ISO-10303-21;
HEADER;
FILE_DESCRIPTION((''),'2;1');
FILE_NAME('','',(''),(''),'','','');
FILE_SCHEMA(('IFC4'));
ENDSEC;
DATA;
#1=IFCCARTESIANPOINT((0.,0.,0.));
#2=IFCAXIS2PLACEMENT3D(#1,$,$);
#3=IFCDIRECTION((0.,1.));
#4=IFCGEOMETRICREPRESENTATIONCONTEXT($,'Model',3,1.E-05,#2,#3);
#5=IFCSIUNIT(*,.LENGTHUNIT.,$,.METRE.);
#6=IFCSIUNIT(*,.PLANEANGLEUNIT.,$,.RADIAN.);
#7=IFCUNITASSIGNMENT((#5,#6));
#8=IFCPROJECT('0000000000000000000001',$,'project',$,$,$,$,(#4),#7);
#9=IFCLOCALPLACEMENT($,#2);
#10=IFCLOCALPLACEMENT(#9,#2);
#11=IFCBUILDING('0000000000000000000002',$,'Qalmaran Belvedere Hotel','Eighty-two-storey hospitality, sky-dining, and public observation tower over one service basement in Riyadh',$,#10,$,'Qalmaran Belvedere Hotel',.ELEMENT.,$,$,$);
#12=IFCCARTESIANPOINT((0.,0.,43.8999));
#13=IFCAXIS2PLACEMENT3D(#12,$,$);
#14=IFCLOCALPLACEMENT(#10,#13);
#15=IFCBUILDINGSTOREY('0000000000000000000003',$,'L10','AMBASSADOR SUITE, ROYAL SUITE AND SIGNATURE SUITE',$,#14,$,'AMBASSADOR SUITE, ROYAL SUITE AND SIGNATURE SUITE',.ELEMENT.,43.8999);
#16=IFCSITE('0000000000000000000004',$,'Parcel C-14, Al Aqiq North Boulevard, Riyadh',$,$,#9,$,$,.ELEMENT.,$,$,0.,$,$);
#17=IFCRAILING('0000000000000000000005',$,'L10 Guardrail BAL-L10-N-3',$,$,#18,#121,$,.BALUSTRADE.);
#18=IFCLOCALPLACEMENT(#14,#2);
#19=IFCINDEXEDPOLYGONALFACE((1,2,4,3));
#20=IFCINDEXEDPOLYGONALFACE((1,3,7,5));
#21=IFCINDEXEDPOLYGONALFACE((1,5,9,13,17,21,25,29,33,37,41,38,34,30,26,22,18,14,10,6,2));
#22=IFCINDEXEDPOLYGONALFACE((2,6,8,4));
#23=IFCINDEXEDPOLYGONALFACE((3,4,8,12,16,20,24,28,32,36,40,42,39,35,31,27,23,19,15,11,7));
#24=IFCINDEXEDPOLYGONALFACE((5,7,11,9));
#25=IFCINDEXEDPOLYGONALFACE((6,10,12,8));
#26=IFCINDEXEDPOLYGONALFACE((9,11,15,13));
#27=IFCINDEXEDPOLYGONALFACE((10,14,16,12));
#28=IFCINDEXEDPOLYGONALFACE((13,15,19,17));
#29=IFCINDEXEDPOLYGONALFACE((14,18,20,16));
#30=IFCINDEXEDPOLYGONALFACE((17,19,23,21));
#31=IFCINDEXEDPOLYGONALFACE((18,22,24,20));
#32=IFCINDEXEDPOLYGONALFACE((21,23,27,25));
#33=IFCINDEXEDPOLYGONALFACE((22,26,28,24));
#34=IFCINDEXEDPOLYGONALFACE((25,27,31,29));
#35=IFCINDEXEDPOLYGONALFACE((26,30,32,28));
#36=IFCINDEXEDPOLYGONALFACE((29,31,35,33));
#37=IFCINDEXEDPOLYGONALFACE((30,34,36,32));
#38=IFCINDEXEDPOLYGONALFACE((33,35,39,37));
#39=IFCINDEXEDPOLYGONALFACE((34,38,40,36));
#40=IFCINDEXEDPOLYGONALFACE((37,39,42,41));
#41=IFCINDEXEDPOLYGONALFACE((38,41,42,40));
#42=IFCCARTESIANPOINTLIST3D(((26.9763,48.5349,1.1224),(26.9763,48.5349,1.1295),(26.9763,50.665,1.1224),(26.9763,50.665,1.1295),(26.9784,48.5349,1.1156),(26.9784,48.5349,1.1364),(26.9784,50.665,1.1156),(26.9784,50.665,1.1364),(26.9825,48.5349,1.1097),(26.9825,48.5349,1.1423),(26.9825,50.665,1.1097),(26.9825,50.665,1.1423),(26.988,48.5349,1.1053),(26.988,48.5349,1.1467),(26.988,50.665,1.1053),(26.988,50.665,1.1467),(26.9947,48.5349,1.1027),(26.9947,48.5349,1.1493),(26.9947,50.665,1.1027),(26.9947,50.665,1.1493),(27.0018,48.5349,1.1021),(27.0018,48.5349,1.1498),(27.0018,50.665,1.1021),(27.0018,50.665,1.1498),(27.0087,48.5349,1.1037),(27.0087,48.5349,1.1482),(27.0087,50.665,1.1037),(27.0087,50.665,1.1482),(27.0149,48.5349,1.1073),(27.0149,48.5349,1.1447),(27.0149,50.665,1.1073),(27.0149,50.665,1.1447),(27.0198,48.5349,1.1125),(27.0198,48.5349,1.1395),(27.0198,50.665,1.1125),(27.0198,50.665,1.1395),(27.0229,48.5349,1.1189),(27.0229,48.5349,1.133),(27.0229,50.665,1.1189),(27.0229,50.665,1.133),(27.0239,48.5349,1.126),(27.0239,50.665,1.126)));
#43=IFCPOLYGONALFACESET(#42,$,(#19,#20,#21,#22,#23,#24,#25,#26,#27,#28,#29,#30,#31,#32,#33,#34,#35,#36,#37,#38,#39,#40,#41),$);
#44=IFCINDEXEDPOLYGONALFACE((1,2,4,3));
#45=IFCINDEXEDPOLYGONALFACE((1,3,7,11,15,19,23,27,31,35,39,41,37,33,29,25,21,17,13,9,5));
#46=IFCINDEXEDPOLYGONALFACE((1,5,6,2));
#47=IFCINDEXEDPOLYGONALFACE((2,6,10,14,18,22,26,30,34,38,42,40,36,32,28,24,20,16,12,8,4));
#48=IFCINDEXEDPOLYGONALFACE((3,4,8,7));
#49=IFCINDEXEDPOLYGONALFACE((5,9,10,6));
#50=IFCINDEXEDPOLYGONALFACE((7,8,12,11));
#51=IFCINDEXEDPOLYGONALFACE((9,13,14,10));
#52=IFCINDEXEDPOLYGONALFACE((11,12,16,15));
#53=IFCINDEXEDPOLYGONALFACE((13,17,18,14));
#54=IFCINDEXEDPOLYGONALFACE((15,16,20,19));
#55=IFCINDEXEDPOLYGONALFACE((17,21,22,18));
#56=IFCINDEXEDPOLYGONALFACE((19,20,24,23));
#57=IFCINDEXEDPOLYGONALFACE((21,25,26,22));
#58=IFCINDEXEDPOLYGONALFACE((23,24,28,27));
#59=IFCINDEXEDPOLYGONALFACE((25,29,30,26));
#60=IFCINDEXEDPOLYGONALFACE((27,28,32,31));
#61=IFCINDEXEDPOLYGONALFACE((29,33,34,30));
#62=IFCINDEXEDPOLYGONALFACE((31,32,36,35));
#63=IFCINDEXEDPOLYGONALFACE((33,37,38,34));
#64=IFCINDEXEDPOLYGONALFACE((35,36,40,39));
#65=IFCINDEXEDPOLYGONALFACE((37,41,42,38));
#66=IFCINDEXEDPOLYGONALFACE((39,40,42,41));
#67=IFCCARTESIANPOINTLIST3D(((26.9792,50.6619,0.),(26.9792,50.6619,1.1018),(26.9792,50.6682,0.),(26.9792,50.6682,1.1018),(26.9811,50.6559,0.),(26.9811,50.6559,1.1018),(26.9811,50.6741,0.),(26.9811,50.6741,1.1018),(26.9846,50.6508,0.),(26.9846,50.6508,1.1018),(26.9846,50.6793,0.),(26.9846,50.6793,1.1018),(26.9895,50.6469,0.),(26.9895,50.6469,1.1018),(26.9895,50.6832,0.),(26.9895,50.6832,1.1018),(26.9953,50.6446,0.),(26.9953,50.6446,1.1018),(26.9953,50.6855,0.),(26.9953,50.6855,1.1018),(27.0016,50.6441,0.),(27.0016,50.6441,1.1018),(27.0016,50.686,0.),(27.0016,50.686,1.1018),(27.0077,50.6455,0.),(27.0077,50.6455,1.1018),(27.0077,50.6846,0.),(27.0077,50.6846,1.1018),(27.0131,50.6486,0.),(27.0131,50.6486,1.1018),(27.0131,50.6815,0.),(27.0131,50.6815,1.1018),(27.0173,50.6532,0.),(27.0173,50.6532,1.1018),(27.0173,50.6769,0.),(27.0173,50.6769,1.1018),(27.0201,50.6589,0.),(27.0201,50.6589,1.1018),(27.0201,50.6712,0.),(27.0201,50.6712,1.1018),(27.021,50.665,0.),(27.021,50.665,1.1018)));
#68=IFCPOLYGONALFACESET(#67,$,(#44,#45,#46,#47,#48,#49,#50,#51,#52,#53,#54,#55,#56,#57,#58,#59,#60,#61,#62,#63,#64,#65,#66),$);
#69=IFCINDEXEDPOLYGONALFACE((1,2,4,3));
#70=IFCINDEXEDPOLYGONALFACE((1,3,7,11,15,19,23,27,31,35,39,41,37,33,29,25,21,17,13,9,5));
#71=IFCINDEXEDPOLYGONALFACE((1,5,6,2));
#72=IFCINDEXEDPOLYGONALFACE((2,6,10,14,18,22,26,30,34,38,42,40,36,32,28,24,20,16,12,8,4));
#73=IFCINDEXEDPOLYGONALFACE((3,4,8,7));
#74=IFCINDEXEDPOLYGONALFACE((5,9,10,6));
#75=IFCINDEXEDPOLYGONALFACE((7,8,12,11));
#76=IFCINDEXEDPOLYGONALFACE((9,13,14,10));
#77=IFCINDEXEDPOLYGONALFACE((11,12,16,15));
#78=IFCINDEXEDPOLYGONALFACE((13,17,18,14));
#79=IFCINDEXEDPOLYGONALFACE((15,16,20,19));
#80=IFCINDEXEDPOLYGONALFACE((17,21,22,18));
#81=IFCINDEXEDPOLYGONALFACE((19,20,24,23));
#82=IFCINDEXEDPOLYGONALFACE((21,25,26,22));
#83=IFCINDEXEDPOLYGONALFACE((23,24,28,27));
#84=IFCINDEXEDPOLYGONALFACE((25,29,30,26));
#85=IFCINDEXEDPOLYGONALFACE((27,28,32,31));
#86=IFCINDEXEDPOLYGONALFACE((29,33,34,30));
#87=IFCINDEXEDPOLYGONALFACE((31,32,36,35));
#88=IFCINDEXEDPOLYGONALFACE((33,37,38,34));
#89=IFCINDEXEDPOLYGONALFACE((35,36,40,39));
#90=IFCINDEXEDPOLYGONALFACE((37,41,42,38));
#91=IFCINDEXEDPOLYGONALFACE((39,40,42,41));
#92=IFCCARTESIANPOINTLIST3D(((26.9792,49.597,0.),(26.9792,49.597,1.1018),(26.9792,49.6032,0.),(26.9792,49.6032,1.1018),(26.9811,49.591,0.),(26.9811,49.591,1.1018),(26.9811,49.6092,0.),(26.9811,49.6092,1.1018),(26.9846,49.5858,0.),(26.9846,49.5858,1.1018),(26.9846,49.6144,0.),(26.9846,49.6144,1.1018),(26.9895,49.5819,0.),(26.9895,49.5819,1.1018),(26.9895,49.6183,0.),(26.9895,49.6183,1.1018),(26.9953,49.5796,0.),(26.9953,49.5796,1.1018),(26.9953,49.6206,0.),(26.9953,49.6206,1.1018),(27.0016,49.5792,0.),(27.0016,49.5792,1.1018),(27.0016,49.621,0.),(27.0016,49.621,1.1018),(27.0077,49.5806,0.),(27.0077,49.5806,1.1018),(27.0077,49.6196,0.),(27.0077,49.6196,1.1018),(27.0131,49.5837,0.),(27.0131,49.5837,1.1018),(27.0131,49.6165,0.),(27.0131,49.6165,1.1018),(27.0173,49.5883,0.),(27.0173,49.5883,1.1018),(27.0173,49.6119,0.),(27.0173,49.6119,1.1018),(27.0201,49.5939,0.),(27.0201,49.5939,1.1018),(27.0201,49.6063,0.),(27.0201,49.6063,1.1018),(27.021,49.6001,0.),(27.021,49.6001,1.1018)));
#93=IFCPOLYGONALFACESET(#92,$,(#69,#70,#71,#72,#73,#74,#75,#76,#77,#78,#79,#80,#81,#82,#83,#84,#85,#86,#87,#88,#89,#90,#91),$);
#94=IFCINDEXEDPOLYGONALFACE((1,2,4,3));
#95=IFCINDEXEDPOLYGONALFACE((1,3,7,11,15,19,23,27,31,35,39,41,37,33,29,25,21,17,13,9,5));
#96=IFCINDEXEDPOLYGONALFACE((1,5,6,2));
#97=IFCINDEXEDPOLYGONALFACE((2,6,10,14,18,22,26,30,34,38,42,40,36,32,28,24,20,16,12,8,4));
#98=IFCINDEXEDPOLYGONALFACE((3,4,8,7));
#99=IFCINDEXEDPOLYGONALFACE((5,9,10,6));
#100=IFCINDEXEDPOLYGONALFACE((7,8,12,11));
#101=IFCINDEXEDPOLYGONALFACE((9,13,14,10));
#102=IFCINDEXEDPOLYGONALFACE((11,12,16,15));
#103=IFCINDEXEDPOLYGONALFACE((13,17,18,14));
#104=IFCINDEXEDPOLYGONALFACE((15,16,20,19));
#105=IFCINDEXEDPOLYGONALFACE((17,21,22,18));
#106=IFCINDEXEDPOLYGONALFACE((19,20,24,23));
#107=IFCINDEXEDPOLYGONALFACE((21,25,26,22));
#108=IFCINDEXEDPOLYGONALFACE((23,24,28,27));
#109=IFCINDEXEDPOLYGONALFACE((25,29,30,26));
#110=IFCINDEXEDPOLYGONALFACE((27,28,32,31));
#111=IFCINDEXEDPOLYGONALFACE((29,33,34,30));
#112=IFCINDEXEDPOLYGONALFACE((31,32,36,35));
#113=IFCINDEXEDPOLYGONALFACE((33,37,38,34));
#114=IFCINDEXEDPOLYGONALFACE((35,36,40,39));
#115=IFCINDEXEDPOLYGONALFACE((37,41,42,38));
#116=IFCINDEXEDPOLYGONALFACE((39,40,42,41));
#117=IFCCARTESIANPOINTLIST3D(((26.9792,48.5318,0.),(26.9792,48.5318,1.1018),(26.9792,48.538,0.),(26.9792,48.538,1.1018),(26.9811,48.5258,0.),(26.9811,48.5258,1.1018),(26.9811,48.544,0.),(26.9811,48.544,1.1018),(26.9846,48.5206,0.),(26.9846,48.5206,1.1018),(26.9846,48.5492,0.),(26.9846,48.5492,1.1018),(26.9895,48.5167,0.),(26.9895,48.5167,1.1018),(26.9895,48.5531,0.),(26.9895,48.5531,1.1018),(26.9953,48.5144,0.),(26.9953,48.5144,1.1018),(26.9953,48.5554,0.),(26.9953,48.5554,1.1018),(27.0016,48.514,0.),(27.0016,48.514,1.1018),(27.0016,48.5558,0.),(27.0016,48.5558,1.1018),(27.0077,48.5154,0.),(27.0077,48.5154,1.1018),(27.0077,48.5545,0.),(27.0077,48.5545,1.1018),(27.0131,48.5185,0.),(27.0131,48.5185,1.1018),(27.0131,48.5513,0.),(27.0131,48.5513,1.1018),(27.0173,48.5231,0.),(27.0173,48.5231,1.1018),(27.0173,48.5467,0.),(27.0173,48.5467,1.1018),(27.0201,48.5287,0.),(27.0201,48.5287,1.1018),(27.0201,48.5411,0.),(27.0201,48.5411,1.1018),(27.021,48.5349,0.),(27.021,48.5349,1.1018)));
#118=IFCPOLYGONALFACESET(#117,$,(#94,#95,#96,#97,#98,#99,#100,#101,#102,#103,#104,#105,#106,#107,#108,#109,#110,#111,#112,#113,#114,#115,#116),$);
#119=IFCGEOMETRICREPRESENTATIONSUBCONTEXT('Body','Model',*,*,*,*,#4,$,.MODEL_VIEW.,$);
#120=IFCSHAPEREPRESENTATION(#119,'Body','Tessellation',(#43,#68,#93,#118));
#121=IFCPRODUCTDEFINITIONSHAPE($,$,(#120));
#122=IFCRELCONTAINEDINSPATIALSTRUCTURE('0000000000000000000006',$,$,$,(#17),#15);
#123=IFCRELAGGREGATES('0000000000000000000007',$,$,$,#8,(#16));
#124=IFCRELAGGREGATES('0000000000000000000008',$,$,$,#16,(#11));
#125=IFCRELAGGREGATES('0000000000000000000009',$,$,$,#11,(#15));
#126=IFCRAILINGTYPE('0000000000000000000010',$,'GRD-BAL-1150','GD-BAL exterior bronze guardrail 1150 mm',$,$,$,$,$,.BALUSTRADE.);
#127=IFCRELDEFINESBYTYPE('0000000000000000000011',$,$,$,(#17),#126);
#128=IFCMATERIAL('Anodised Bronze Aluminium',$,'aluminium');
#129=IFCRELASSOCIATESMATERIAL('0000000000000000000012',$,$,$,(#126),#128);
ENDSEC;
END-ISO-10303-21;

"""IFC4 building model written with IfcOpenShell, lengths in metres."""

from ifc_helpers import new_model, si_unit, direction, frame, origin, origin_2d, place, context, subcontext, project, spatial, circle, extrude, material, type_object, element, save


model = new_model("IFC4")

# Units and contexts
model_context = context("Model", 3, precision=1e-05, world=origin(), true_north=direction((0.0, 1.0)))
body_context = subcontext(model_context, "Body", "Model", "MODEL_VIEW")
ifc_project = project(units=[si_unit("LENGTHUNIT", "METRE"), si_unit("PLANEANGLEUNIT", "RADIAN")], contexts=[model_context])

# Site, building, storey
site_placement = place(None, origin())
site = spatial("IfcSite", under=ifc_project, at=site_placement, Name="Parcel C-14, Al Aqiq North Boulevard, Riyadh", CompositionType="ELEMENT", RefElevation=0.0)
building_placement = place(site_placement, origin())
building = spatial("IfcBuilding", under=site, at=building_placement, Name="Qalmaran Belvedere Hotel", Description="Eighty-two-storey hospitality, sky-dining, and public observation tower over one service basement in Riyadh", LongName="Qalmaran Belvedere Hotel", CompositionType="ELEMENT")
storey_placement = place(building_placement, frame((0.0, 0.0, 43.8999)))
storey = spatial("IfcBuildingStorey", under=building, at=storey_placement, Name="L10", Description="AMBASSADOR SUITE, ROYAL SUITE AND SIGNATURE SUITE", LongName="AMBASSADOR SUITE, ROYAL SUITE AND SIGNATURE SUITE", CompositionType="ELEMENT", Elevation=43.8999)

# Shared definitions
ifc_material_1 = material(Name="Anodised Bronze Aluminium", Category="aluminium")

# Railing
railing_type = type_object("IfcRailingType", Name="GRD-BAL-1150", Description="GD-BAL exterior bronze guardrail 1150 mm", PredefinedType="BALUSTRADE", material=ifc_material_1)
railing_1_placement = place(storey_placement, frame((27.0, 50.665, 0.0)))
element("IfcRailing", 1, at=railing_1_placement, inside=storey, type_object=railing_type, Name="L10 Guardrail BAL-L10-N-3", PredefinedType="BALUSTRADE", context=body_context, shape_type="SweptSolid", body=[
    extrude(circle(Radius=0.0239, at=origin_2d()), frame((0.0, 0.0, 1.126), z_axis=(0.0, -1.0, 0.0), x_axis=(1.0, 0.0, 0.0)), (0.0, 0.0, 1.0), 2.1301),
    extrude(circle(Radius=0.021, at=origin_2d()), origin(), (0.0, 0.0, 1.0), 1.1018),
    extrude(circle(Radius=0.021, at=origin_2d()), frame((0.0, -1.0649, 0.0)), (0.0, 0.0, 1.0), 1.1018),
    extrude(circle(Radius=0.021, at=origin_2d()), frame((0.0, -2.1301, 0.0)), (0.0, 0.0, 1.0), 1.1018),
])

save(model, "model.ifc")
